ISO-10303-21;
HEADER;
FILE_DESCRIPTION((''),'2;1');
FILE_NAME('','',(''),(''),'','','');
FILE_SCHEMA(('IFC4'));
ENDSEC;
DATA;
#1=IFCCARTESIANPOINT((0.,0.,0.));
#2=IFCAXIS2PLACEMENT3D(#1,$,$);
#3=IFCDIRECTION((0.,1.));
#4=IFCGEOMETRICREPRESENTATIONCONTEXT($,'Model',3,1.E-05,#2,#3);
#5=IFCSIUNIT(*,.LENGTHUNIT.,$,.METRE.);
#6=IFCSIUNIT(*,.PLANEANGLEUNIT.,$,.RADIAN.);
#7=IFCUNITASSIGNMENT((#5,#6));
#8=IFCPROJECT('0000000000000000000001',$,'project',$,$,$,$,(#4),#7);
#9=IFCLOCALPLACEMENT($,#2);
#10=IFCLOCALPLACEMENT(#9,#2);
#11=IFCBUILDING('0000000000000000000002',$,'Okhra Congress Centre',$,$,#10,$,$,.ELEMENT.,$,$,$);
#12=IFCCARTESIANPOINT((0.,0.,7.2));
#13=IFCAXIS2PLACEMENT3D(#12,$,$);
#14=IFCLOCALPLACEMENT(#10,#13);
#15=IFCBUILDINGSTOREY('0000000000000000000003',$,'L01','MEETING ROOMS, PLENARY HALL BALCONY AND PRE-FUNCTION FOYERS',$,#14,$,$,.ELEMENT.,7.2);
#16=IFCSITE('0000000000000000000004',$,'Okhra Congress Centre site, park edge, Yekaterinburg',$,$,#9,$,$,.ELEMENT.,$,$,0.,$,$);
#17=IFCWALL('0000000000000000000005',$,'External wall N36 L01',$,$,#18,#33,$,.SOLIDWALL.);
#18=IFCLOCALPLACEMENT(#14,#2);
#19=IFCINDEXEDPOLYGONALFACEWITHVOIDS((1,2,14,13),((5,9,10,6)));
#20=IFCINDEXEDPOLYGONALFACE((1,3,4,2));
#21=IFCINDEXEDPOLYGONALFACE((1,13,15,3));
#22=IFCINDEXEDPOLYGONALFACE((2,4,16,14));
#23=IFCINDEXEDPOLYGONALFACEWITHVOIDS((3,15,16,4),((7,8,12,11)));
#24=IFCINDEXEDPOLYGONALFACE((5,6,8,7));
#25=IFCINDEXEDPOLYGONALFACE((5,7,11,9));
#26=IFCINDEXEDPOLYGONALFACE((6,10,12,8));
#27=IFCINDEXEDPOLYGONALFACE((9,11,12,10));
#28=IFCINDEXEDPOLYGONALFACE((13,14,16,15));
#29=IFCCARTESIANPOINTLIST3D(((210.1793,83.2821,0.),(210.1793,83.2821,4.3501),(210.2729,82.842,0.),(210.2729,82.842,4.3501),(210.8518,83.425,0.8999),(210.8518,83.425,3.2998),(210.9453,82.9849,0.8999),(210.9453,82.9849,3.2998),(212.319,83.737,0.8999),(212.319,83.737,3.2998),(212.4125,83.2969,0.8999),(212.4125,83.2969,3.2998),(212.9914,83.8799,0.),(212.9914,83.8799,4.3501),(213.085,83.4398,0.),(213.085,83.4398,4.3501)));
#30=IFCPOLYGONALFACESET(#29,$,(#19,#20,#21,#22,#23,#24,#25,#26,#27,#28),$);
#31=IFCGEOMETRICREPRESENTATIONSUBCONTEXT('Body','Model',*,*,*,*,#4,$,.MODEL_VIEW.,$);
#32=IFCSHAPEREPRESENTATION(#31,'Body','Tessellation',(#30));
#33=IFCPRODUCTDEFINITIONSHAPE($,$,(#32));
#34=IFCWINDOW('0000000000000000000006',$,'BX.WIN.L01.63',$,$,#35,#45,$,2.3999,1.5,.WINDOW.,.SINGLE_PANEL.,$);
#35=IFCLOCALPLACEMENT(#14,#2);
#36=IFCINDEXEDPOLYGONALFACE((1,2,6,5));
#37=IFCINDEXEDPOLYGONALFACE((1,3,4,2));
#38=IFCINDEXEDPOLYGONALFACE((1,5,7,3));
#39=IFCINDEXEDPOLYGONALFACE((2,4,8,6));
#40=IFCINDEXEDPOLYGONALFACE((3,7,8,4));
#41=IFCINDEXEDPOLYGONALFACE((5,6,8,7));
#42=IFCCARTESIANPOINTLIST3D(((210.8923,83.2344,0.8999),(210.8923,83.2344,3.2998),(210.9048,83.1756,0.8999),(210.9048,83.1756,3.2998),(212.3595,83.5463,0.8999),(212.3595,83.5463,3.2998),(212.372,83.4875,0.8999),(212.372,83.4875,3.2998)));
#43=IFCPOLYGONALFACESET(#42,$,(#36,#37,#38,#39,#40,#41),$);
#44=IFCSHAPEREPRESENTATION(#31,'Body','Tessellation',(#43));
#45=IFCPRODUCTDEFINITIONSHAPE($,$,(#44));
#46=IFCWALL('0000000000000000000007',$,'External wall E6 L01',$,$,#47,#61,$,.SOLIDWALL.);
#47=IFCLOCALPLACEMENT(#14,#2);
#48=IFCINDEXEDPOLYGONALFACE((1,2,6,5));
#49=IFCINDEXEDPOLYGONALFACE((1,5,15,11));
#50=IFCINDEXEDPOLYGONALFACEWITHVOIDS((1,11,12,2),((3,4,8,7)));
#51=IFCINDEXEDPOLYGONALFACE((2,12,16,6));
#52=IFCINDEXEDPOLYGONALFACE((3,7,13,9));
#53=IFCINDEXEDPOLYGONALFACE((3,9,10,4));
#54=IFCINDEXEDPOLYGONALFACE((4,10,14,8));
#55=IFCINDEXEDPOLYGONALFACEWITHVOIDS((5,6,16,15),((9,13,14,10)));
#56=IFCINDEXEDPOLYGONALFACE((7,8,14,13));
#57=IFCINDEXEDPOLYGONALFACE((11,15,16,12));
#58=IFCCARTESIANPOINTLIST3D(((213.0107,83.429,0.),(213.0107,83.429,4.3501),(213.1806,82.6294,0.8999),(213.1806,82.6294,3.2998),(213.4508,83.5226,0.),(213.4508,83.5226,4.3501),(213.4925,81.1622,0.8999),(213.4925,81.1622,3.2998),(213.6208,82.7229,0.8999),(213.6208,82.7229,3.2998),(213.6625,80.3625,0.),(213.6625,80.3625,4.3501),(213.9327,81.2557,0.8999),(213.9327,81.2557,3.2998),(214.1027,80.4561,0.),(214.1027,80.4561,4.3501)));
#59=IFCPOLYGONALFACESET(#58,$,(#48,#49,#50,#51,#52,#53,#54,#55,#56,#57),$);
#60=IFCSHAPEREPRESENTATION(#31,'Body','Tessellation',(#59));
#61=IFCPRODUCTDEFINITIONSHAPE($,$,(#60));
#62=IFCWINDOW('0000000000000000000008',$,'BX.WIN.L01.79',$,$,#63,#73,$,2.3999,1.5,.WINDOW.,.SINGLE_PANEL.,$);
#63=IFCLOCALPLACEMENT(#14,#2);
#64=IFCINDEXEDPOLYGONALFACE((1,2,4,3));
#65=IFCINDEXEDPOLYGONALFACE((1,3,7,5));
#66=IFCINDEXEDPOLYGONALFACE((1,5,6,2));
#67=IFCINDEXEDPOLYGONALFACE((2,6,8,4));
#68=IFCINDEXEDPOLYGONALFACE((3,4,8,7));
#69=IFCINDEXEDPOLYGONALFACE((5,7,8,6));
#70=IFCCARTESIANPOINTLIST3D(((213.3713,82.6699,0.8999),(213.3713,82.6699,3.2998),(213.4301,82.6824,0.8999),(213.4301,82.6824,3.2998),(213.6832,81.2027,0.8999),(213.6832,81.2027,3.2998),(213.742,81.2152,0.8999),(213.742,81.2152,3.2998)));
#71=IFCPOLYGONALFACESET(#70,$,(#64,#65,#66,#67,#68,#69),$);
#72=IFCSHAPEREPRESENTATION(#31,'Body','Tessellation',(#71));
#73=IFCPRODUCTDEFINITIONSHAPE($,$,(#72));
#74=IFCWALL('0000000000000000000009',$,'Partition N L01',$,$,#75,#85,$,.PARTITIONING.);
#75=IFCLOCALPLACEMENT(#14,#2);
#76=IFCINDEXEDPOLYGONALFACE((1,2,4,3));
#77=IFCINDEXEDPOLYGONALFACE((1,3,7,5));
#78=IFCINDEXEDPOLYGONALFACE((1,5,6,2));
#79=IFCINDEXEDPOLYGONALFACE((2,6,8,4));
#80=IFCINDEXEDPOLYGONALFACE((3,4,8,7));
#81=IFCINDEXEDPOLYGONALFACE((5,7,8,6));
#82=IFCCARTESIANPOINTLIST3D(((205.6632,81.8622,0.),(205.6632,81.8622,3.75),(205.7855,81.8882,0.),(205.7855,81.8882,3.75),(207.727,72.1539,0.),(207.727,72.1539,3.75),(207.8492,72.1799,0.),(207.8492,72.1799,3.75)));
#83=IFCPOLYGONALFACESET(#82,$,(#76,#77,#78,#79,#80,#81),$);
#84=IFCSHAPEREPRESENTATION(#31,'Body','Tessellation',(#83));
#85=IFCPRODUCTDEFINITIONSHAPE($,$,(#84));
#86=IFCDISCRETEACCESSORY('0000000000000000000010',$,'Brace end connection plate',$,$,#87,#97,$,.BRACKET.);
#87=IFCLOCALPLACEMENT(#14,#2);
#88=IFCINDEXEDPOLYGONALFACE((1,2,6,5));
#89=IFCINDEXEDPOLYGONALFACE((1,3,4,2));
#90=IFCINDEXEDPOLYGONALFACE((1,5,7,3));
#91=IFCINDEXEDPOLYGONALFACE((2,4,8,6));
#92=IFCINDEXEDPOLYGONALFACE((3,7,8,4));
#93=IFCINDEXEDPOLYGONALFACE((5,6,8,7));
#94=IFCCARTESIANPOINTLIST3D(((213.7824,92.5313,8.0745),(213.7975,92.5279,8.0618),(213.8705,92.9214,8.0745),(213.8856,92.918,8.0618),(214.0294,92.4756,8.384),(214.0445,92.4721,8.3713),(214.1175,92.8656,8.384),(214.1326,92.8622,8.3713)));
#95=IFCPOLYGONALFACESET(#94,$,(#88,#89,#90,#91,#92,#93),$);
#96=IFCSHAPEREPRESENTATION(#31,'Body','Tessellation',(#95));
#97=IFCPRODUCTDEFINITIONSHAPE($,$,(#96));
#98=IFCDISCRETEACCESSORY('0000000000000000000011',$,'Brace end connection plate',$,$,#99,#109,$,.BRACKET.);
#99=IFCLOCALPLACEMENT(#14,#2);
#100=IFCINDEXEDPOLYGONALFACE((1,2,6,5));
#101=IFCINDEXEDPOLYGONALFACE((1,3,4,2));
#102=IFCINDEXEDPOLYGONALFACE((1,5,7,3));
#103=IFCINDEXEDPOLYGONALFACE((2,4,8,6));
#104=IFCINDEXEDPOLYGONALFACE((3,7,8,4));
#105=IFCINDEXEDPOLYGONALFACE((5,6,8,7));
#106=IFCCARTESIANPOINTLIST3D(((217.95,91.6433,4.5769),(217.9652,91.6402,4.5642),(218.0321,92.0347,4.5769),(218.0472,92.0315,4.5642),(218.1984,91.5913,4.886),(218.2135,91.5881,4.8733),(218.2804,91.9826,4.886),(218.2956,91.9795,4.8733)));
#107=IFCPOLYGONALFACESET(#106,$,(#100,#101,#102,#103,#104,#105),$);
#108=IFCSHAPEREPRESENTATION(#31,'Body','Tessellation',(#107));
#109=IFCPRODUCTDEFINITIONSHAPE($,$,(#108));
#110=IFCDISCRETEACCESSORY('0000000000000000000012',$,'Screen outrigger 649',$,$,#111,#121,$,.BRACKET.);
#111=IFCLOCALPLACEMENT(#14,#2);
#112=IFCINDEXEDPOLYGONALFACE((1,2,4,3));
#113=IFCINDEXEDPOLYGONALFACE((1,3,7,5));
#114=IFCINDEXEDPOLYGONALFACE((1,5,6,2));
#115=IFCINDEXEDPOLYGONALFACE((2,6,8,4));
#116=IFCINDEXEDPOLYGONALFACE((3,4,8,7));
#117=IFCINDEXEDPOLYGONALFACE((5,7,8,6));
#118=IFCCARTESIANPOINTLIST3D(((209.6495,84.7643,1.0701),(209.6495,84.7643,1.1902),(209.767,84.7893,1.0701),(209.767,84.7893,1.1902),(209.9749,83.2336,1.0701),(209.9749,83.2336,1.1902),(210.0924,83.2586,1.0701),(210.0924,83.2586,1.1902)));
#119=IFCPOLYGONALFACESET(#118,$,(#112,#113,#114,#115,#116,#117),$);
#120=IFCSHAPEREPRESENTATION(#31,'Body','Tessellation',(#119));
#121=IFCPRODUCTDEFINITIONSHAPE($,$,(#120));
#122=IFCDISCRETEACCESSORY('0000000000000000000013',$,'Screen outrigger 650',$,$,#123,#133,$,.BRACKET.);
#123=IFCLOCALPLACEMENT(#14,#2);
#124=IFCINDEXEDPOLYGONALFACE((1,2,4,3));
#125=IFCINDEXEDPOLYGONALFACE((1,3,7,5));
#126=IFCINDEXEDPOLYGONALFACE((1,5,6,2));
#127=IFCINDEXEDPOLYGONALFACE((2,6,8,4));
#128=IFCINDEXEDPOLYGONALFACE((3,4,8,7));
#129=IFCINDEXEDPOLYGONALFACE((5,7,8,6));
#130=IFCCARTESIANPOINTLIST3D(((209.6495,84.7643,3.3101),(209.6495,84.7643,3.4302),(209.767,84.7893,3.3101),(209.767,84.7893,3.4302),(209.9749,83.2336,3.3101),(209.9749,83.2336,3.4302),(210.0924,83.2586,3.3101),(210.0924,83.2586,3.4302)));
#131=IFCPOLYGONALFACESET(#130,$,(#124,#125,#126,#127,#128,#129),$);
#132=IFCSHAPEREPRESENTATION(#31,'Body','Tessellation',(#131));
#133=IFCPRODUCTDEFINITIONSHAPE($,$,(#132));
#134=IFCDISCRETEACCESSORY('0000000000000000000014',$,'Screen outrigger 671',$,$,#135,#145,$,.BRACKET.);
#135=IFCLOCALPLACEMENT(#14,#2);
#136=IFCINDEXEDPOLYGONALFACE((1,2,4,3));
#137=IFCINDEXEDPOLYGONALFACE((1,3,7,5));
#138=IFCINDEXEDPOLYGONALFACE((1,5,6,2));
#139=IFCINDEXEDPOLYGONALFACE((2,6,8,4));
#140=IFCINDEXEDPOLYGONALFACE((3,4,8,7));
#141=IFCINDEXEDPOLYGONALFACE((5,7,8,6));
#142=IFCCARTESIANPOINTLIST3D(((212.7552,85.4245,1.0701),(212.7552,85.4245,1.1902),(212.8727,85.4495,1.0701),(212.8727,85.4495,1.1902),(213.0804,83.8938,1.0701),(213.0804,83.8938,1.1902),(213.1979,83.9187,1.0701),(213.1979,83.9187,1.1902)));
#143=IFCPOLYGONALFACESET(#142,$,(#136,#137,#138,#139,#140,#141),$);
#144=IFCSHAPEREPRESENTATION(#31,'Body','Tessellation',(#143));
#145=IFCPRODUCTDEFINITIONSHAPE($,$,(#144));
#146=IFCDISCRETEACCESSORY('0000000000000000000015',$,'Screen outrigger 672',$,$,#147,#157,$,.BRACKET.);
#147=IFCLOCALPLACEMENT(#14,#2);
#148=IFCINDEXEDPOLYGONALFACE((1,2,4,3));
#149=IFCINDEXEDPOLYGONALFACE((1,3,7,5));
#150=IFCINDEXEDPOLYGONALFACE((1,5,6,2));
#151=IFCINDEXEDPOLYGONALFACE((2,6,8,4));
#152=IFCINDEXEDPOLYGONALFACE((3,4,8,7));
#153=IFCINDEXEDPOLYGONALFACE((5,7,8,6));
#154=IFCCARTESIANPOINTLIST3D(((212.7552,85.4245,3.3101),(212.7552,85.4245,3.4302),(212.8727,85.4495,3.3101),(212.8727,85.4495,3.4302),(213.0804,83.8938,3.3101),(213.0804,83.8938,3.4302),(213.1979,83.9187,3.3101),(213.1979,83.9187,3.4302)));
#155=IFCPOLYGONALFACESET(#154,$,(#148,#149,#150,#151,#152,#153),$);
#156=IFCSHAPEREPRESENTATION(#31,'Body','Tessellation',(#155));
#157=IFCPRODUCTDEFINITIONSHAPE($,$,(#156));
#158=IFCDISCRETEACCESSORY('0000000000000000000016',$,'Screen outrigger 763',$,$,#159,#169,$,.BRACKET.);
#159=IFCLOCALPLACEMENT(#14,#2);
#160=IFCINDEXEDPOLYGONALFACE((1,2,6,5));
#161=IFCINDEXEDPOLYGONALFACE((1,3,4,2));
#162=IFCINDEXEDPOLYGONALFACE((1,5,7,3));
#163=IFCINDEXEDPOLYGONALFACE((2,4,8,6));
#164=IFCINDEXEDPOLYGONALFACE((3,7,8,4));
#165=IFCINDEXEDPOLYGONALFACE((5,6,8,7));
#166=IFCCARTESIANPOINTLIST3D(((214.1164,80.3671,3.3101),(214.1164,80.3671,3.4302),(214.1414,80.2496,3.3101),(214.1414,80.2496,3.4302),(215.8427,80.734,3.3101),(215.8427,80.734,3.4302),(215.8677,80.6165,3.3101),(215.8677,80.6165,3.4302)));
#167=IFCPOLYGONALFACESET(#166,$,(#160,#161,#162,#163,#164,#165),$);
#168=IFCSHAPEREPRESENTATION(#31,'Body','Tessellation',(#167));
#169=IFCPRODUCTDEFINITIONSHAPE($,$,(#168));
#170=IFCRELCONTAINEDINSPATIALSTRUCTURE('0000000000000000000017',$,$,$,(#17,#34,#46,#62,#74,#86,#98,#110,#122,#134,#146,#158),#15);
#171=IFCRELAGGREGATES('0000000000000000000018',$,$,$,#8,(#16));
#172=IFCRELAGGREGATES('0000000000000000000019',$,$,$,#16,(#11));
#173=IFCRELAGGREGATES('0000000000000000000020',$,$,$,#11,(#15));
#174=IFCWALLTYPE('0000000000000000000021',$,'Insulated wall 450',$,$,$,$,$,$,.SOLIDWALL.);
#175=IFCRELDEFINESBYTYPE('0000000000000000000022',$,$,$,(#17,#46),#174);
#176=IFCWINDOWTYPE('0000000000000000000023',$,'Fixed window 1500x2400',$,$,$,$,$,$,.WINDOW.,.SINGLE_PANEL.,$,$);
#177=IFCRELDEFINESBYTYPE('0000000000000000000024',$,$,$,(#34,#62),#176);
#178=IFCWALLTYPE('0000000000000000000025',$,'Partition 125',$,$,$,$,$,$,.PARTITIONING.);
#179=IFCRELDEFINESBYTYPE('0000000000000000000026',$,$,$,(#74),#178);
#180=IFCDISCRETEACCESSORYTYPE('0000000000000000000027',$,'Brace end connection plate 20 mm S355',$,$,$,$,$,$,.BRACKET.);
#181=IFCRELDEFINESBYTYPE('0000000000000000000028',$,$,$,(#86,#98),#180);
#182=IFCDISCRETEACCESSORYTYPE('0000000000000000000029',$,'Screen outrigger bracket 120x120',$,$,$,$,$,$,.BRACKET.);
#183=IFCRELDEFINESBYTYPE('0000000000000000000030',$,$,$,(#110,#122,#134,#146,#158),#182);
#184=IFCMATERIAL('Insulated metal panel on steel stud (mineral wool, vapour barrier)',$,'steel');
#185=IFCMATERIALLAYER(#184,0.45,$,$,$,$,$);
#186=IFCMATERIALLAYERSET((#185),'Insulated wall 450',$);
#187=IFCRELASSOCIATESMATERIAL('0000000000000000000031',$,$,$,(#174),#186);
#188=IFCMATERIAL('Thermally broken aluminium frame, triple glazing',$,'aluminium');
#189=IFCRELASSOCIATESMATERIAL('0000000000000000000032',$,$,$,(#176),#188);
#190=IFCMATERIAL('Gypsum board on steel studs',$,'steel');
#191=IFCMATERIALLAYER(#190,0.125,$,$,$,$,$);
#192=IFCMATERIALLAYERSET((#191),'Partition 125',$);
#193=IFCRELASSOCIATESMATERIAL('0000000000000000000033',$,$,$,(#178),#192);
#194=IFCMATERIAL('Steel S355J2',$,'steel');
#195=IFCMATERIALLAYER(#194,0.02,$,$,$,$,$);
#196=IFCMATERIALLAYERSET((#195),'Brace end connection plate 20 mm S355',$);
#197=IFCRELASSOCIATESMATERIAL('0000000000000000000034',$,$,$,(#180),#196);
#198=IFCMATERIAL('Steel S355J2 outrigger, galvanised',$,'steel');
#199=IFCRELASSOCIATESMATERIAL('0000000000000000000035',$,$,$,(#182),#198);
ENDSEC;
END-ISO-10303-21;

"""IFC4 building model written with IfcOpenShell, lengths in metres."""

from ifc_helpers import new_model, si_unit, direction, frame, frame_2d, origin, origin_2d, place, context, subcontext, project, spatial, rectangle, extrude, material, layer, layer_set, material_profile, profile_set, type_object, element, fill, save


model = new_model("IFC4")

# Units and contexts
model_context = context("Model", 3, precision=1e-05, world=origin(), true_north=direction((0.0, 1.0)))
body_context = subcontext(model_context, "Body", "Model", "MODEL_VIEW")
ifc_project = project(units=[si_unit("LENGTHUNIT", "METRE"), si_unit("PLANEANGLEUNIT", "RADIAN")], contexts=[model_context])

# Site, building, storey
site_placement = place(None, origin())
site = spatial("IfcSite", under=ifc_project, at=site_placement, Name="Okhra Congress Centre site, park edge, Yekaterinburg", CompositionType="ELEMENT", RefElevation=0.0)
building_placement = place(site_placement, origin())
building = spatial("IfcBuilding", under=site, at=building_placement, Name="Okhra Congress Centre", CompositionType="ELEMENT")
storey_placement = place(building_placement, frame((0.0, 0.0, 7.2)))
storey = spatial("IfcBuildingStorey", under=building, at=storey_placement, Name="L01", Description="MEETING ROOMS, PLENARY HALL BALCONY AND PRE-FUNCTION FOYERS", CompositionType="ELEMENT", Elevation=7.2)

# Shared definitions
ifc_material_1 = material(Name="Steel S355J2", Category="steel")

# Walls, openings, windows
ifc_material_2 = material(Name="Insulated metal panel on steel stud (mineral wool, vapour barrier)", Category="steel")
ifc_layer_1 = layer(ifc_material_2, 0.45)
ifc_layer_set_1 = layer_set([ifc_layer_1], Name="Insulated wall 450")
wall_type_1 = type_object("IfcWallType", Name="Insulated wall 450", PredefinedType="SOLIDWALL", material=ifc_layer_set_1)
ifc_material_3 = material(Name="Thermally broken aluminium frame, triple glazing", Category="aluminium")
wall_1_placement = place(storey_placement, frame((210.2261, 83.062, 0.0), z_axis=(0.0, 0.0, 1.0), x_axis=(0.978138, 0.207957, 0.0)))
wall_1 = element("IfcWall", 1, at=wall_1_placement, inside=storey, type_object=wall_type_1, Name="External wall N36 L01", PredefinedType="SOLIDWALL", context=body_context, shape_type="SweptSolid", body=[
    extrude(rectangle(XDim=2.875, YDim=0.45, at=frame_2d((1.4375, 0.0))), origin(), (0.0, 0.0, 1.0), 4.3501),
])
opening_1_placement = place(wall_1_placement, frame((0.6875, 0.0, 0.8999)))
opening_1 = element("IfcOpeningElement", 2, at=opening_1_placement, cuts=wall_1, PredefinedType="OPENING", context=body_context, shape_type="SweptSolid", body=[
    extrude(rectangle(XDim=1.5, YDim=2.3999, at=frame_2d((0.75, 1.2))), frame((0.0, 0.2349, 0.0), z_axis=(0.0, -1.0, 0.0), x_axis=(1.0, 0.0, 0.0)), (0.0, 0.0, 1.0), 0.47),
])
window_type_1 = type_object("IfcWindowType", Name="Fixed window 1500x2400", PartitioningType="SINGLE_PANEL", PredefinedType="WINDOW", material=ifc_material_3)
window_1_placement = place(opening_1_placement, origin())
window_1 = element("IfcWindow", 3, at=window_1_placement, inside=storey, type_object=window_type_1, Name="BX.WIN.L01.63", OverallHeight=2.3999, OverallWidth=1.5, PartitioningType="SINGLE_PANEL", PredefinedType="WINDOW", context=body_context, shape_type="SweptSolid", body=[
    extrude(rectangle(XDim=1.5, YDim=2.3999, at=frame_2d((0.75, 1.2))), frame((0.0, 0.03, 0.0), z_axis=(0.0, -1.0, 0.0), x_axis=(1.0, 0.0, 0.0)), (0.0, 0.0, 1.0), 0.0601),
])
fill(opening_1, window_1)
wall_2_placement = place(storey_placement, frame((213.8826, 80.4094, 0.0), z_axis=(0.0, 0.0, 1.0), x_axis=(-0.207933, 0.978143, 0.0)))
wall_2 = element("IfcWall", 4, at=wall_2_placement, inside=storey, type_object=wall_type_1, Name="External wall E6 L01", PredefinedType="SOLIDWALL", context=body_context, shape_type="SweptSolid", body=[
    extrude(rectangle(XDim=3.135, YDim=0.45, at=frame_2d((1.5674, 0.0))), origin(), (0.0, 0.0, 1.0), 4.3501),
])
opening_2_placement = place(wall_2_placement, frame((0.8174, 0.0, 0.8999)))
opening_2 = element("IfcOpeningElement", 5, at=opening_2_placement, cuts=wall_2, PredefinedType="OPENING", context=body_context, shape_type="SweptSolid", body=[
    extrude(rectangle(XDim=1.5, YDim=2.3999, at=frame_2d((0.75, 1.2))), frame((0.0, 0.2349, 0.0), z_axis=(0.0, -1.0, 0.0), x_axis=(1.0, 0.0, 0.0)), (0.0, 0.0, 1.0), 0.47),
])
window_2_placement = place(opening_2_placement, origin())
window_2 = element("IfcWindow", 6, at=window_2_placement, inside=storey, type_object=window_type_1, Name="BX.WIN.L01.79", OverallHeight=2.3999, OverallWidth=1.5, PartitioningType="SINGLE_PANEL", PredefinedType="WINDOW", context=body_context, shape_type="SweptSolid", body=[
    extrude(rectangle(XDim=1.5, YDim=2.3999, at=frame_2d((0.75, 1.2))), frame((0.0, 0.03, 0.0), z_axis=(0.0, -1.0, 0.0), x_axis=(1.0, 0.0, 0.0)), (0.0, 0.0, 1.0), 0.0601),
])
fill(opening_2, window_2)

# Wall
ifc_material_4 = material(Name="Gypsum board on steel studs", Category="steel")
ifc_layer_2 = layer(ifc_material_4, 0.125)
ifc_layer_set_2 = layer_set([ifc_layer_2], Name="Partition 125")
wall_type_2 = type_object("IfcWallType", Name="Partition 125", PredefinedType="PARTITIONING", material=ifc_layer_set_2)
wall_3_placement = place(storey_placement, frame((205.7244, 81.8752, 0.0), z_axis=(0.0, 0.0, 1.0), x_axis=(0.207928, -0.978144, 0.0)))
element("IfcWall", 7, at=wall_3_placement, inside=storey, type_object=wall_type_2, Name="Partition N L01", PredefinedType="PARTITIONING", context=body_context, shape_type="SweptSolid", body=[
    extrude(rectangle(XDim=9.9253, YDim=0.125, at=frame_2d((4.9626, 0.0))), origin(), (0.0, 0.0, 1.0), 3.75),
])

# Discrete accessories
ifc_layer_3 = layer(ifc_material_1, 0.02)
ifc_layer_set_3 = layer_set([ifc_layer_3], Name="Brace end connection plate 20 mm S355")
discrete_accessory_type_1 = type_object("IfcDiscreteAccessoryType", Name="Brace end connection plate 20 mm S355", PredefinedType="BRACKET", material=ifc_layer_set_3)
for number, where, z_axis, x_axis, name in (
    (8, (213.9651, 92.6951, 8.2166), (-0.754976, 0.170478, 0.633205), (-0.220261, -0.975441, 0.0), "Brace end connection plate"),
    (9, (218.1152, 91.813, 4.7314), (0.756491, -0.158619, -0.634477), (0.205215, 0.978717, 0.0), "Brace end connection plate"),
):
    element("IfcDiscreteAccessory", number, at=place(storey_placement, frame(where, z_axis=z_axis, x_axis=x_axis)), inside=storey, type_object=discrete_accessory_type_1, Name=name, PredefinedType="BRACKET", context=body_context, shape_type="SweptSolid", body=[
        extrude(rectangle(XDim=0.3999, YDim=0.3999, at=origin_2d()), origin(), (0.0, 0.0, 1.0), 0.02),
    ])
ifc_material_5 = material(Name="Steel S355J2 outrigger, galvanised", Category="steel")
ifc_material_profile_1 = material_profile(ifc_material_5, rectangle(XDim=0.1201, YDim=0.1201, at=origin_2d()), Name="Screen outrigger bracket 120x120")
ifc_profile_set_1 = profile_set([ifc_material_profile_1], Name="Steel S355J2 outrigger, galvanised")
discrete_accessory_type_2 = type_object("IfcDiscreteAccessoryType", Name="Screen outrigger bracket 120x120", PredefinedType="BRACKET", material=ifc_profile_set_1)
for number, where, z_axis, x_axis, name in (
    (10, (210.0337, 83.2461, 1.1301), (-0.207952, 0.978139, 0.0), (-0.978139, -0.207952, 0.0), "Screen outrigger 649"),
    (11, (210.0337, 83.2461, 3.3701), (-0.207952, 0.978139, 0.0), (-0.978139, -0.207952, 0.0), "Screen outrigger 650"),
    (12, (213.1392, 83.9062, 1.1301), (-0.207803, 0.978171, 0.0), (-0.978171, -0.207803, 0.0), "Screen outrigger 671"),
    (13, (213.1392, 83.9062, 3.3701), (-0.207803, 0.978171, 0.0), (-0.978171, -0.207803, 0.0), "Screen outrigger 672"),
):
    element("IfcDiscreteAccessory", number, at=place(storey_placement, frame(where, z_axis=z_axis, x_axis=x_axis)), inside=storey, type_object=discrete_accessory_type_2, Name=name, PredefinedType="BRACKET", context=body_context, shape_type="SweptSolid", body=[
        extrude(rectangle(XDim=0.1201, YDim=0.1201, at=origin_2d()), origin(), (0.0, 0.0, 1.0), 1.5649),
    ])
discrete_accessory_placement = place(storey_placement, frame((214.1289, 80.3083, 3.3701), z_axis=(0.978147, 0.207913, 0.0), x_axis=(-0.207913, 0.978147, 0.0)))
element("IfcDiscreteAccessory", 14, at=discrete_accessory_placement, inside=storey, type_object=discrete_accessory_type_2, Name="Screen outrigger 763", PredefinedType="BRACKET", context=body_context, shape_type="SweptSolid", body=[
    extrude(rectangle(XDim=0.1201, YDim=0.1201, at=origin_2d()), origin(), (0.0, 0.0, 1.0), 1.7649),
])

save(model, "model.ifc")
